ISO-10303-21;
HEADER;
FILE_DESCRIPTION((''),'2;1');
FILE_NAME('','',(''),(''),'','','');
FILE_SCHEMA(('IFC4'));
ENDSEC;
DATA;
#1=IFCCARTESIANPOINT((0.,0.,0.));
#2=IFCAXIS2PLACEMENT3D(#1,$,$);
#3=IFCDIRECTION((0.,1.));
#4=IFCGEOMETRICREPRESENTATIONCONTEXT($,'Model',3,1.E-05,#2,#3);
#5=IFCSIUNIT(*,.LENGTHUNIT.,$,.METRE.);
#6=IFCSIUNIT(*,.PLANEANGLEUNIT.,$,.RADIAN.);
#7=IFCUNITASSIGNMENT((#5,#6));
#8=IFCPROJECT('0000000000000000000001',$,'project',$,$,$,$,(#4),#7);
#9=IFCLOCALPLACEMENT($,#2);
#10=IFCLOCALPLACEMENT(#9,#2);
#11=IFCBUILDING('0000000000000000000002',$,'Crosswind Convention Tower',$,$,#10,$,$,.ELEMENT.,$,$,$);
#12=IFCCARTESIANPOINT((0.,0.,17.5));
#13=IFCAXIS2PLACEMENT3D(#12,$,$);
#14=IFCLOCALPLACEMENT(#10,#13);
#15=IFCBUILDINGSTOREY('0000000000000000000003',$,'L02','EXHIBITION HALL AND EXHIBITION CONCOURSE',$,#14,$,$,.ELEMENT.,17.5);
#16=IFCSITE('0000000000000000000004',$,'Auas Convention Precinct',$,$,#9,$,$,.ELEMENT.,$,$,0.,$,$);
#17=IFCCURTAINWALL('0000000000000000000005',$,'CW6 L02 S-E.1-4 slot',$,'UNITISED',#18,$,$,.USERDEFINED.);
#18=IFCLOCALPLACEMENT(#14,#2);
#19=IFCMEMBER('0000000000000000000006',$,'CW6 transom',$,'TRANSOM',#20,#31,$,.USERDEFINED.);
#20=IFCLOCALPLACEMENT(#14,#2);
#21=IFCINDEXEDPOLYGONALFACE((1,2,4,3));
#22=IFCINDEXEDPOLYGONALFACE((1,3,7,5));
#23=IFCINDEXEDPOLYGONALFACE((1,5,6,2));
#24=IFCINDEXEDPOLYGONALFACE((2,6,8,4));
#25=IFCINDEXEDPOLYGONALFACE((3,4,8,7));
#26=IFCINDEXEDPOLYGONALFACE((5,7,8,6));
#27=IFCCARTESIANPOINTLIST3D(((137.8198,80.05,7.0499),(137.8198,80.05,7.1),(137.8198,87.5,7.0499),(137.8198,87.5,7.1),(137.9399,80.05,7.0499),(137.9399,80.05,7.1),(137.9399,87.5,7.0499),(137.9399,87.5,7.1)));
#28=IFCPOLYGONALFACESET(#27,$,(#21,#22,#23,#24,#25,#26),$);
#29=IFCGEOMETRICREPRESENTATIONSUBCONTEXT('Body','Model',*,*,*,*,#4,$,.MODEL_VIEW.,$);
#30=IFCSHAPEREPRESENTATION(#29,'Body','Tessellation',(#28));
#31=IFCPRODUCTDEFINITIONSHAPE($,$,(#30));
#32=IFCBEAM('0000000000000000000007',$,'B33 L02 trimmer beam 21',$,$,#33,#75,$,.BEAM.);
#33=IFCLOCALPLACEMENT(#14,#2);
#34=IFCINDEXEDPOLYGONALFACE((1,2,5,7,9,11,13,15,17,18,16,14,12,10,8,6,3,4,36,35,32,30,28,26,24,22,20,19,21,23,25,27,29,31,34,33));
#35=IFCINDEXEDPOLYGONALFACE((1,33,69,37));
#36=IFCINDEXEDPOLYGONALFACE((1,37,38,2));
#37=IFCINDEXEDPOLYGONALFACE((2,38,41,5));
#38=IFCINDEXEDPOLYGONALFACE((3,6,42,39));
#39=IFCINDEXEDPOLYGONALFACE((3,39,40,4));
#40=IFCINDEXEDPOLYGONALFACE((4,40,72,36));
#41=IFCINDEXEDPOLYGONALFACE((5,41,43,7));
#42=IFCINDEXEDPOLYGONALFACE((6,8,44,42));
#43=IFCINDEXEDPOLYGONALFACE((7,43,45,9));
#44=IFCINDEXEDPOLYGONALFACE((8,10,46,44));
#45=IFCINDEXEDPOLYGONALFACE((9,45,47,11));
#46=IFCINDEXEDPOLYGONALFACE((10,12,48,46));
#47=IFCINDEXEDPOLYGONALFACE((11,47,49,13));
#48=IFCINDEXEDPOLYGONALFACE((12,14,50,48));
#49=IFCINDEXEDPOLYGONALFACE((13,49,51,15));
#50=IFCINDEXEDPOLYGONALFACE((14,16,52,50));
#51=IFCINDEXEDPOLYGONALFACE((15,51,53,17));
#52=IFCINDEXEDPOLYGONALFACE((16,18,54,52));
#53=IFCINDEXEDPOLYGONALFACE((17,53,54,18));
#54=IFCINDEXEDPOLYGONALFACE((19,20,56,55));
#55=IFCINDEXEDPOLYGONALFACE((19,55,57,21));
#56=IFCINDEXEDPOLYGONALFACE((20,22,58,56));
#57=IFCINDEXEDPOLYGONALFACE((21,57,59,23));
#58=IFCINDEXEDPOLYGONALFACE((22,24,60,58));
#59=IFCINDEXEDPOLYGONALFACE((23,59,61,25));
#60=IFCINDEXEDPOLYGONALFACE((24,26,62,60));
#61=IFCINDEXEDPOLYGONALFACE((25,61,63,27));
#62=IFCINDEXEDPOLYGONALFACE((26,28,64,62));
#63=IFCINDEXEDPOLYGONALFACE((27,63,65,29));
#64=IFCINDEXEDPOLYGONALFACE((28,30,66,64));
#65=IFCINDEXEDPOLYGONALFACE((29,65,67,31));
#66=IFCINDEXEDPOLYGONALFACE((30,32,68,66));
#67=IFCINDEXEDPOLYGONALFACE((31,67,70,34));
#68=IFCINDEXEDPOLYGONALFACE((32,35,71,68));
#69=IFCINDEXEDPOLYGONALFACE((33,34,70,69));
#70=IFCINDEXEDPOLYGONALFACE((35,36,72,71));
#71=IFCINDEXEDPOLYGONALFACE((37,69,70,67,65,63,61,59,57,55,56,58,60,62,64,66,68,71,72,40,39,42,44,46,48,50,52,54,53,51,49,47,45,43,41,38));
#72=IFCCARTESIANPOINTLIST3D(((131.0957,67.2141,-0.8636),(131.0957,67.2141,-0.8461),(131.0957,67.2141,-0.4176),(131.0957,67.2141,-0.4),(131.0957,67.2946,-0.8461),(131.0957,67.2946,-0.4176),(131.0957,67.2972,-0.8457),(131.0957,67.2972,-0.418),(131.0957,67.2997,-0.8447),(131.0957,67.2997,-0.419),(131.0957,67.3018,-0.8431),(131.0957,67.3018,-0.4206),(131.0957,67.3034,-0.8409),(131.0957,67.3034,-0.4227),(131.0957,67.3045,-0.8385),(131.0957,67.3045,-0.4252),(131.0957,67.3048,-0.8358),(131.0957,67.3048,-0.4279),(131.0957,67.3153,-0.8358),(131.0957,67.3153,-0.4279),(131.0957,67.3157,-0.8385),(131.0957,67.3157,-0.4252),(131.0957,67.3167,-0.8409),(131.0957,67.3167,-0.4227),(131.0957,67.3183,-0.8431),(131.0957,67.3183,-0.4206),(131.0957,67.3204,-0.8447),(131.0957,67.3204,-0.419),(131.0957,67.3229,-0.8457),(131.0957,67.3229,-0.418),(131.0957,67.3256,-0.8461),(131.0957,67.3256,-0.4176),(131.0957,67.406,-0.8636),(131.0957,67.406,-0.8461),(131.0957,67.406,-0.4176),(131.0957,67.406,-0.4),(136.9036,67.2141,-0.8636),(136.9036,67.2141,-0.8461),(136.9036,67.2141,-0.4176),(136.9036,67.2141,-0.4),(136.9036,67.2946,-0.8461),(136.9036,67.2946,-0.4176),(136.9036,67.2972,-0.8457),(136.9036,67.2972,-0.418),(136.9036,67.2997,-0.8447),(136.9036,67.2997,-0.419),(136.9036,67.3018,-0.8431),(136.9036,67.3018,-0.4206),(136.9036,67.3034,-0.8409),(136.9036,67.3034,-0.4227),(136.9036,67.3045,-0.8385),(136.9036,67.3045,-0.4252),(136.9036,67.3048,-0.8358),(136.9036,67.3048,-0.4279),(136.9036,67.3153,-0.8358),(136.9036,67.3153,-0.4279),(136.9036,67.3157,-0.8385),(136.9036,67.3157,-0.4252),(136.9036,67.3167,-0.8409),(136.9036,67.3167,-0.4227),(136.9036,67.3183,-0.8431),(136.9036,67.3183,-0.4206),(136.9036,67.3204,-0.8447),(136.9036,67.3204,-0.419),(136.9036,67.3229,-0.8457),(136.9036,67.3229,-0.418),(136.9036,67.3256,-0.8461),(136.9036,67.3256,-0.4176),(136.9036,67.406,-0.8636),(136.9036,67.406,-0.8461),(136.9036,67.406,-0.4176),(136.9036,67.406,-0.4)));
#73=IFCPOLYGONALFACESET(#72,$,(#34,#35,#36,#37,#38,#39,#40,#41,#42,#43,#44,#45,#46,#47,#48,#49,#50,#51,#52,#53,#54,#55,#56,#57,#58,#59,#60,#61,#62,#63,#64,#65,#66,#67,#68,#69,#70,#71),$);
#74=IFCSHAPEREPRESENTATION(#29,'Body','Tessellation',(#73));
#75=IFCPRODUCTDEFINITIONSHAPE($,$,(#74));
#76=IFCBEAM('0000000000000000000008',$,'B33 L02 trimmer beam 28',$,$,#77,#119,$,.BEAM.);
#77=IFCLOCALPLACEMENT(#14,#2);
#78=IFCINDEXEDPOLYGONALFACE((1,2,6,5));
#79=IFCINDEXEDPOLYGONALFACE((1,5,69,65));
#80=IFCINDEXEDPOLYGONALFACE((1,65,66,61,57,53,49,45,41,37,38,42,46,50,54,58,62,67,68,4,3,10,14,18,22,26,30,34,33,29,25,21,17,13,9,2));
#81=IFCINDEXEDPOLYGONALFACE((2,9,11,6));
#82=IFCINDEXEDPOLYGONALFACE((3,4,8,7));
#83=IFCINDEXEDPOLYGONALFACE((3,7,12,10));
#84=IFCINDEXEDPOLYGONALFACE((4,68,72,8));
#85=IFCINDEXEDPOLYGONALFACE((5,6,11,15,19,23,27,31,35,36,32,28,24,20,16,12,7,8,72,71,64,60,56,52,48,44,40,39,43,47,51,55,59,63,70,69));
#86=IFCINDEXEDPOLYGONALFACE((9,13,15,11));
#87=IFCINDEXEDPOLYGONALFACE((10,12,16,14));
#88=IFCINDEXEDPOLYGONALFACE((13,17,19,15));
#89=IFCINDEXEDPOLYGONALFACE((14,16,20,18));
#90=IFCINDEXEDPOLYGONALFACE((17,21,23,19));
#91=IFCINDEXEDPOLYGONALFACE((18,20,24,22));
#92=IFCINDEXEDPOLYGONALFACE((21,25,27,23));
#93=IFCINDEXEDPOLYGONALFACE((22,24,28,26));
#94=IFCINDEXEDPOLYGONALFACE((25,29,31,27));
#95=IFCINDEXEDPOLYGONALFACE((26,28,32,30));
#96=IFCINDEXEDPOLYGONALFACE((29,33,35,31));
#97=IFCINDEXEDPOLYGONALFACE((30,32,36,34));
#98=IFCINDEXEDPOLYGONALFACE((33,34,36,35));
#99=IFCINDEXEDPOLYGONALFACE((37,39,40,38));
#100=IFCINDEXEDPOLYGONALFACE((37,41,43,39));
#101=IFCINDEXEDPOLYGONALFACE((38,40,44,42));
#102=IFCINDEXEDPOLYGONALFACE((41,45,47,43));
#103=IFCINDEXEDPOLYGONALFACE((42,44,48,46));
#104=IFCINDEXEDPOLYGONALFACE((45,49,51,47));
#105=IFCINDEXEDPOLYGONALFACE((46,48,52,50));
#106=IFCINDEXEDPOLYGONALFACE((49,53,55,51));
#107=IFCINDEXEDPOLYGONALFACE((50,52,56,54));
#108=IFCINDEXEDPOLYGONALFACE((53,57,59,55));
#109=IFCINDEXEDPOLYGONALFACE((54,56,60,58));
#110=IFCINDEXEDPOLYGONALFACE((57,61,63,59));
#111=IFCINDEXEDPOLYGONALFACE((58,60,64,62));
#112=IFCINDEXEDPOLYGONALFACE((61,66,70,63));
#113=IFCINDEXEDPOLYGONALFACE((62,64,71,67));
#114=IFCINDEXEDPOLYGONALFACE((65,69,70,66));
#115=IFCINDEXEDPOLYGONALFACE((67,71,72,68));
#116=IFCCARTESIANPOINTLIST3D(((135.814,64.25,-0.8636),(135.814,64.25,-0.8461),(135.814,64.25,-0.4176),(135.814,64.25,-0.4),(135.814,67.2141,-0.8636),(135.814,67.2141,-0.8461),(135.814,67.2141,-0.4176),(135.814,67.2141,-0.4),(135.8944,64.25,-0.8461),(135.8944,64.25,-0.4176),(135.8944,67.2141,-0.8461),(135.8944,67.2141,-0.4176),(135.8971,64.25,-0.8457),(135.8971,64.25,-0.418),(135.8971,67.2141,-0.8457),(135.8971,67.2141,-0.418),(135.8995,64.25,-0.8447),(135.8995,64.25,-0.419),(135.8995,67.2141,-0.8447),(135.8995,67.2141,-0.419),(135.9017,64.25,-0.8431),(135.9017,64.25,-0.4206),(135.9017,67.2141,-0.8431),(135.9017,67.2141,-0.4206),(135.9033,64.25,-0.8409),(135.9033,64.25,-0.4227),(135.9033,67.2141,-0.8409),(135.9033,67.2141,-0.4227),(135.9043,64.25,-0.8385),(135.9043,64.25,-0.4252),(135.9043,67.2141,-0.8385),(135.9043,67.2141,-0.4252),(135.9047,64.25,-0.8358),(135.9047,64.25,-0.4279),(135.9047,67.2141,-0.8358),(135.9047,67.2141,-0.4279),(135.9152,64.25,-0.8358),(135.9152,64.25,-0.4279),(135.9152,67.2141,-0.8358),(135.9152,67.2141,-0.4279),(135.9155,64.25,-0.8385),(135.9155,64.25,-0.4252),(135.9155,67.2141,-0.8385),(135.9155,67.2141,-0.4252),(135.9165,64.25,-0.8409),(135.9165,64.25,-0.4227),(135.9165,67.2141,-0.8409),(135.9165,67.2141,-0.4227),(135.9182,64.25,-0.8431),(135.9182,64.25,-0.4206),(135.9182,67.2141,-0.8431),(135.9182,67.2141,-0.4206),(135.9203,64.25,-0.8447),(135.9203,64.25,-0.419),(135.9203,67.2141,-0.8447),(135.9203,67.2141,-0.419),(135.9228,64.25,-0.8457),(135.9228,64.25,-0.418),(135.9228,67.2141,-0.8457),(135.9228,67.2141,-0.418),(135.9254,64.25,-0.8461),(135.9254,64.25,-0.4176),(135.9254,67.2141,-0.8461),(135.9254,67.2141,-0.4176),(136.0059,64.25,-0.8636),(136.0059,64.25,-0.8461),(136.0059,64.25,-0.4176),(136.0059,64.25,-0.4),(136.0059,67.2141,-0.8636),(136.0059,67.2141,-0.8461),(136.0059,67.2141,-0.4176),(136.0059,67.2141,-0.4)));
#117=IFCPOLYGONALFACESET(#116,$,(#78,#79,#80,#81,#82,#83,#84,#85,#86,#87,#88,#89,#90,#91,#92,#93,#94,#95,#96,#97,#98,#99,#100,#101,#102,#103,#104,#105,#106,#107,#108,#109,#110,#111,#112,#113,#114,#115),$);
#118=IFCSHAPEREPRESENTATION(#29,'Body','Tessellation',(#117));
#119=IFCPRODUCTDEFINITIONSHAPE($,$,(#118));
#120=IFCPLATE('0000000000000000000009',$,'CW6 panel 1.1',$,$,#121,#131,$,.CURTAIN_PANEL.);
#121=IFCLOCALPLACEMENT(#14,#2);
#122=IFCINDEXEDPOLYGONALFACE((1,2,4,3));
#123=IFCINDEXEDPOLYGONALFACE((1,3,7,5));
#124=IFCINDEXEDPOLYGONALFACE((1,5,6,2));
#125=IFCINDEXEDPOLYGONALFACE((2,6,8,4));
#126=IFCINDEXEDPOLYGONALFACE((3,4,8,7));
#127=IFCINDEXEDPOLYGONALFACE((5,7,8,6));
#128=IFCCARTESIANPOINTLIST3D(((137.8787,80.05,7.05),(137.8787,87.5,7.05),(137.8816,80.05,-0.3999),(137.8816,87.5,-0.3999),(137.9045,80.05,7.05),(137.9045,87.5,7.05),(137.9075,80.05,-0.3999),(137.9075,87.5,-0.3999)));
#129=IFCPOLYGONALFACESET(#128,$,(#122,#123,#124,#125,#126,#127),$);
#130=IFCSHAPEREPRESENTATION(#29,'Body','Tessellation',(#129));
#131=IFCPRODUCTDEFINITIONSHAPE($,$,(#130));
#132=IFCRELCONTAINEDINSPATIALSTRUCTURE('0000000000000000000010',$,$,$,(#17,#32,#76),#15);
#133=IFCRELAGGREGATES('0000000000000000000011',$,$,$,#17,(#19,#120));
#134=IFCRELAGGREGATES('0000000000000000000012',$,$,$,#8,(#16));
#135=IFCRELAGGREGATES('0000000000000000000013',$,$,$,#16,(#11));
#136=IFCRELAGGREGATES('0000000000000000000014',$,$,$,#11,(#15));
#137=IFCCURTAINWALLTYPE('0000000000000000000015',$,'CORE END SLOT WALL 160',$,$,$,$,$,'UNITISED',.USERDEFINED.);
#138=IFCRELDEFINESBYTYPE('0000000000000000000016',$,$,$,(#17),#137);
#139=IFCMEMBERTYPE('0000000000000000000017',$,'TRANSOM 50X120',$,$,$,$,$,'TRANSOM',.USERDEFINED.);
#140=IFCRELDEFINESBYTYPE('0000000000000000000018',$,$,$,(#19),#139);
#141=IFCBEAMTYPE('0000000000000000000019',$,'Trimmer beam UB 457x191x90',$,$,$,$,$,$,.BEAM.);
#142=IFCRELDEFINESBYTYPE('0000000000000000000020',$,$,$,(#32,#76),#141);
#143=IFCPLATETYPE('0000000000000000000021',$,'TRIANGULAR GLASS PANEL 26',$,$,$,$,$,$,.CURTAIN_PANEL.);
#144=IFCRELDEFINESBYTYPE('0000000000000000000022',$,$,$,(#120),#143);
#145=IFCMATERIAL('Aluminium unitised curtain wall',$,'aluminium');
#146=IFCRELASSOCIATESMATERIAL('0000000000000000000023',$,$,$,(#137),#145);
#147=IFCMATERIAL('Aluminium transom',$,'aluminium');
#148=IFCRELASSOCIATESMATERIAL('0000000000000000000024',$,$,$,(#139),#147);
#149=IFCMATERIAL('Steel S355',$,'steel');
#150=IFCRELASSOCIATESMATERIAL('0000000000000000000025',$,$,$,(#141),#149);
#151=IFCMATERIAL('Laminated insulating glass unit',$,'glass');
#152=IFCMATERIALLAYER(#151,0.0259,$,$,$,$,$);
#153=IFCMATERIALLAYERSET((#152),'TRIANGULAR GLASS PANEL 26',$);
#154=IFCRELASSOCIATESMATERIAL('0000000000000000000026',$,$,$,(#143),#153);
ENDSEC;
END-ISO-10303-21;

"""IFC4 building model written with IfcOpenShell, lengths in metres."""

from ifc_helpers import new_model, si_unit, direction, frame, origin, origin_2d, place, context, subcontext, project, spatial, polyline, rectangle, i_section, outline, extrude, material, layer, layer_set, material_profile, profile_set, type_object, element, aggregate, save


model = new_model("IFC4")

# Units and contexts
model_context = context("Model", 3, precision=1e-05, world=origin(), true_north=direction((0.0, 1.0)))
body_context = subcontext(model_context, "Body", "Model", "MODEL_VIEW")
ifc_project = project(units=[si_unit("LENGTHUNIT", "METRE"), si_unit("PLANEANGLEUNIT", "RADIAN")], contexts=[model_context])

# Site, building, storey
site_placement = place(None, origin())
site = spatial("IfcSite", under=ifc_project, at=site_placement, Name="Auas Convention Precinct", CompositionType="ELEMENT", RefElevation=0.0)
building_placement = place(site_placement, origin())
building = spatial("IfcBuilding", under=site, at=building_placement, Name="Crosswind Convention Tower", CompositionType="ELEMENT")
storey_placement = place(building_placement, frame((0.0, 0.0, 17.5)))
storey = spatial("IfcBuildingStorey", under=building, at=storey_placement, Name="L02", Description="EXHIBITION HALL AND EXHIBITION CONCOURSE", CompositionType="ELEMENT", Elevation=17.5)

# Shared definitions
ifc_material_1 = material(Name="Steel S355", Category="steel")

# Curtain wall
ifc_material_2 = material(Name="Aluminium unitised curtain wall", Category="aluminium")
curtain_wall_type = type_object("IfcCurtainWallType", Name="CORE END SLOT WALL 160", ElementType="UNITISED", PredefinedType="USERDEFINED", material=ifc_material_2)
curtain_wall_placement = place(storey_placement, origin())
curtain_wall = element("IfcCurtainWall", 1, at=curtain_wall_placement, inside=storey, type_object=curtain_wall_type, Name="CW6 L02 S-E.1-4 slot", ObjectType="UNITISED", PredefinedType="USERDEFINED")

# Member
ifc_material_3 = material(Name="Aluminium transom", Category="aluminium")
ifc_material_profile_1 = material_profile(ifc_material_3, rectangle(XDim=0.1201, YDim=0.05, at=origin_2d()), Name="AL 120X50")
ifc_profile_set_1 = profile_set([ifc_material_profile_1], Name="Aluminium transom")
member_type_1 = type_object("IfcMemberType", Name="TRANSOM 50X120", ElementType="TRANSOM", PredefinedType="USERDEFINED", material=ifc_profile_set_1)
member_1_placement = place(storey_placement, frame((137.8799, 80.05, 7.075), z_axis=(0.0, 1.0, 0.0), x_axis=(-1.0, 0.0, 0.0)))
member_1 = element("IfcMember", 2, at=member_1_placement, type_object=member_type_1, Name="CW6 transom", ObjectType="TRANSOM", PredefinedType="USERDEFINED", context=body_context, shape_type="SweptSolid", body=[
    extrude(rectangle(XDim=0.1201, YDim=0.05, at=origin_2d()), origin(), (0.0, 0.0, 1.0), 7.45),
])

# Beams
ifc_material_profile_2 = material_profile(ifc_material_1, i_section(OverallWidth=0.1919, OverallDepth=0.4636, WebThickness=0.0105, FlangeThickness=0.0176, FilletRadius=0.0103, at=origin_2d()), Name="UB 457x191x90")
ifc_profile_set_2 = profile_set([ifc_material_profile_2], Name="Steel S355")
beam_type_1 = type_object("IfcBeamType", Name="Trimmer beam UB 457x191x90", PredefinedType="BEAM", material=ifc_profile_set_2)
beam_1_placement = place(storey_placement, frame((131.0957, 67.3101, -0.6318), z_axis=(1.0, 0.0, 0.0), x_axis=(0.0, 1.0, 0.0)))
element("IfcBeam", 3, at=beam_1_placement, inside=storey, type_object=beam_type_1, Name="B33 L02 trimmer beam 21", PredefinedType="BEAM", context=body_context, shape_type="SweptSolid", body=[
    extrude(i_section(OverallWidth=0.1919, OverallDepth=0.4636, WebThickness=0.0105, FlangeThickness=0.0176, FilletRadius=0.0103, at=origin_2d()), origin(), (0.0, 0.0, 1.0), 5.8079),
])
beam_2_placement = place(storey_placement, frame((135.9099, 67.2141, -0.6318), z_axis=(0.0, -1.0, 0.0), x_axis=(1.0, 0.0, 0.0)))
element("IfcBeam", 4, at=beam_2_placement, inside=storey, type_object=beam_type_1, Name="B33 L02 trimmer beam 28", PredefinedType="BEAM", context=body_context, shape_type="SweptSolid", body=[
    extrude(i_section(OverallWidth=0.1919, OverallDepth=0.4636, WebThickness=0.0105, FlangeThickness=0.0176, FilletRadius=0.0103, at=origin_2d()), origin(), (0.0, 0.0, 1.0), 2.9641),
])

# Plate
ifc_material_4 = material(Name="Laminated insulating glass unit", Category="glass")
ifc_layer = layer(ifc_material_4, 0.0259)
ifc_layer_set = layer_set([ifc_layer], Name="TRIANGULAR GLASS PANEL 26")
plate_type = type_object("IfcPlateType", Name="TRIANGULAR GLASS PANEL 26", PredefinedType="CURTAIN_PANEL", material=ifc_layer_set)
plate_placement = place(storey_placement, frame((137.9075, 80.05, -0.3999), z_axis=(1.0, 0.0, 0.000393), x_axis=(0.0, 1.0, 0.0)))
plate = element("IfcPlate", 5, at=plate_placement, type_object=plate_type, Name="CW6 panel 1.1", PredefinedType="CURTAIN_PANEL", context=body_context, shape_type="SweptSolid", body=[
    extrude(outline(polyline([(0.0, 0.0), (7.45, 0.0), (7.45, 7.45), (0.0, 7.45), (0.0, 0.0)])), origin(), (0.0, 0.0, -1.0), 0.0259),
])
aggregate(curtain_wall, [member_1, plate])

save(model, "model.ifc")
